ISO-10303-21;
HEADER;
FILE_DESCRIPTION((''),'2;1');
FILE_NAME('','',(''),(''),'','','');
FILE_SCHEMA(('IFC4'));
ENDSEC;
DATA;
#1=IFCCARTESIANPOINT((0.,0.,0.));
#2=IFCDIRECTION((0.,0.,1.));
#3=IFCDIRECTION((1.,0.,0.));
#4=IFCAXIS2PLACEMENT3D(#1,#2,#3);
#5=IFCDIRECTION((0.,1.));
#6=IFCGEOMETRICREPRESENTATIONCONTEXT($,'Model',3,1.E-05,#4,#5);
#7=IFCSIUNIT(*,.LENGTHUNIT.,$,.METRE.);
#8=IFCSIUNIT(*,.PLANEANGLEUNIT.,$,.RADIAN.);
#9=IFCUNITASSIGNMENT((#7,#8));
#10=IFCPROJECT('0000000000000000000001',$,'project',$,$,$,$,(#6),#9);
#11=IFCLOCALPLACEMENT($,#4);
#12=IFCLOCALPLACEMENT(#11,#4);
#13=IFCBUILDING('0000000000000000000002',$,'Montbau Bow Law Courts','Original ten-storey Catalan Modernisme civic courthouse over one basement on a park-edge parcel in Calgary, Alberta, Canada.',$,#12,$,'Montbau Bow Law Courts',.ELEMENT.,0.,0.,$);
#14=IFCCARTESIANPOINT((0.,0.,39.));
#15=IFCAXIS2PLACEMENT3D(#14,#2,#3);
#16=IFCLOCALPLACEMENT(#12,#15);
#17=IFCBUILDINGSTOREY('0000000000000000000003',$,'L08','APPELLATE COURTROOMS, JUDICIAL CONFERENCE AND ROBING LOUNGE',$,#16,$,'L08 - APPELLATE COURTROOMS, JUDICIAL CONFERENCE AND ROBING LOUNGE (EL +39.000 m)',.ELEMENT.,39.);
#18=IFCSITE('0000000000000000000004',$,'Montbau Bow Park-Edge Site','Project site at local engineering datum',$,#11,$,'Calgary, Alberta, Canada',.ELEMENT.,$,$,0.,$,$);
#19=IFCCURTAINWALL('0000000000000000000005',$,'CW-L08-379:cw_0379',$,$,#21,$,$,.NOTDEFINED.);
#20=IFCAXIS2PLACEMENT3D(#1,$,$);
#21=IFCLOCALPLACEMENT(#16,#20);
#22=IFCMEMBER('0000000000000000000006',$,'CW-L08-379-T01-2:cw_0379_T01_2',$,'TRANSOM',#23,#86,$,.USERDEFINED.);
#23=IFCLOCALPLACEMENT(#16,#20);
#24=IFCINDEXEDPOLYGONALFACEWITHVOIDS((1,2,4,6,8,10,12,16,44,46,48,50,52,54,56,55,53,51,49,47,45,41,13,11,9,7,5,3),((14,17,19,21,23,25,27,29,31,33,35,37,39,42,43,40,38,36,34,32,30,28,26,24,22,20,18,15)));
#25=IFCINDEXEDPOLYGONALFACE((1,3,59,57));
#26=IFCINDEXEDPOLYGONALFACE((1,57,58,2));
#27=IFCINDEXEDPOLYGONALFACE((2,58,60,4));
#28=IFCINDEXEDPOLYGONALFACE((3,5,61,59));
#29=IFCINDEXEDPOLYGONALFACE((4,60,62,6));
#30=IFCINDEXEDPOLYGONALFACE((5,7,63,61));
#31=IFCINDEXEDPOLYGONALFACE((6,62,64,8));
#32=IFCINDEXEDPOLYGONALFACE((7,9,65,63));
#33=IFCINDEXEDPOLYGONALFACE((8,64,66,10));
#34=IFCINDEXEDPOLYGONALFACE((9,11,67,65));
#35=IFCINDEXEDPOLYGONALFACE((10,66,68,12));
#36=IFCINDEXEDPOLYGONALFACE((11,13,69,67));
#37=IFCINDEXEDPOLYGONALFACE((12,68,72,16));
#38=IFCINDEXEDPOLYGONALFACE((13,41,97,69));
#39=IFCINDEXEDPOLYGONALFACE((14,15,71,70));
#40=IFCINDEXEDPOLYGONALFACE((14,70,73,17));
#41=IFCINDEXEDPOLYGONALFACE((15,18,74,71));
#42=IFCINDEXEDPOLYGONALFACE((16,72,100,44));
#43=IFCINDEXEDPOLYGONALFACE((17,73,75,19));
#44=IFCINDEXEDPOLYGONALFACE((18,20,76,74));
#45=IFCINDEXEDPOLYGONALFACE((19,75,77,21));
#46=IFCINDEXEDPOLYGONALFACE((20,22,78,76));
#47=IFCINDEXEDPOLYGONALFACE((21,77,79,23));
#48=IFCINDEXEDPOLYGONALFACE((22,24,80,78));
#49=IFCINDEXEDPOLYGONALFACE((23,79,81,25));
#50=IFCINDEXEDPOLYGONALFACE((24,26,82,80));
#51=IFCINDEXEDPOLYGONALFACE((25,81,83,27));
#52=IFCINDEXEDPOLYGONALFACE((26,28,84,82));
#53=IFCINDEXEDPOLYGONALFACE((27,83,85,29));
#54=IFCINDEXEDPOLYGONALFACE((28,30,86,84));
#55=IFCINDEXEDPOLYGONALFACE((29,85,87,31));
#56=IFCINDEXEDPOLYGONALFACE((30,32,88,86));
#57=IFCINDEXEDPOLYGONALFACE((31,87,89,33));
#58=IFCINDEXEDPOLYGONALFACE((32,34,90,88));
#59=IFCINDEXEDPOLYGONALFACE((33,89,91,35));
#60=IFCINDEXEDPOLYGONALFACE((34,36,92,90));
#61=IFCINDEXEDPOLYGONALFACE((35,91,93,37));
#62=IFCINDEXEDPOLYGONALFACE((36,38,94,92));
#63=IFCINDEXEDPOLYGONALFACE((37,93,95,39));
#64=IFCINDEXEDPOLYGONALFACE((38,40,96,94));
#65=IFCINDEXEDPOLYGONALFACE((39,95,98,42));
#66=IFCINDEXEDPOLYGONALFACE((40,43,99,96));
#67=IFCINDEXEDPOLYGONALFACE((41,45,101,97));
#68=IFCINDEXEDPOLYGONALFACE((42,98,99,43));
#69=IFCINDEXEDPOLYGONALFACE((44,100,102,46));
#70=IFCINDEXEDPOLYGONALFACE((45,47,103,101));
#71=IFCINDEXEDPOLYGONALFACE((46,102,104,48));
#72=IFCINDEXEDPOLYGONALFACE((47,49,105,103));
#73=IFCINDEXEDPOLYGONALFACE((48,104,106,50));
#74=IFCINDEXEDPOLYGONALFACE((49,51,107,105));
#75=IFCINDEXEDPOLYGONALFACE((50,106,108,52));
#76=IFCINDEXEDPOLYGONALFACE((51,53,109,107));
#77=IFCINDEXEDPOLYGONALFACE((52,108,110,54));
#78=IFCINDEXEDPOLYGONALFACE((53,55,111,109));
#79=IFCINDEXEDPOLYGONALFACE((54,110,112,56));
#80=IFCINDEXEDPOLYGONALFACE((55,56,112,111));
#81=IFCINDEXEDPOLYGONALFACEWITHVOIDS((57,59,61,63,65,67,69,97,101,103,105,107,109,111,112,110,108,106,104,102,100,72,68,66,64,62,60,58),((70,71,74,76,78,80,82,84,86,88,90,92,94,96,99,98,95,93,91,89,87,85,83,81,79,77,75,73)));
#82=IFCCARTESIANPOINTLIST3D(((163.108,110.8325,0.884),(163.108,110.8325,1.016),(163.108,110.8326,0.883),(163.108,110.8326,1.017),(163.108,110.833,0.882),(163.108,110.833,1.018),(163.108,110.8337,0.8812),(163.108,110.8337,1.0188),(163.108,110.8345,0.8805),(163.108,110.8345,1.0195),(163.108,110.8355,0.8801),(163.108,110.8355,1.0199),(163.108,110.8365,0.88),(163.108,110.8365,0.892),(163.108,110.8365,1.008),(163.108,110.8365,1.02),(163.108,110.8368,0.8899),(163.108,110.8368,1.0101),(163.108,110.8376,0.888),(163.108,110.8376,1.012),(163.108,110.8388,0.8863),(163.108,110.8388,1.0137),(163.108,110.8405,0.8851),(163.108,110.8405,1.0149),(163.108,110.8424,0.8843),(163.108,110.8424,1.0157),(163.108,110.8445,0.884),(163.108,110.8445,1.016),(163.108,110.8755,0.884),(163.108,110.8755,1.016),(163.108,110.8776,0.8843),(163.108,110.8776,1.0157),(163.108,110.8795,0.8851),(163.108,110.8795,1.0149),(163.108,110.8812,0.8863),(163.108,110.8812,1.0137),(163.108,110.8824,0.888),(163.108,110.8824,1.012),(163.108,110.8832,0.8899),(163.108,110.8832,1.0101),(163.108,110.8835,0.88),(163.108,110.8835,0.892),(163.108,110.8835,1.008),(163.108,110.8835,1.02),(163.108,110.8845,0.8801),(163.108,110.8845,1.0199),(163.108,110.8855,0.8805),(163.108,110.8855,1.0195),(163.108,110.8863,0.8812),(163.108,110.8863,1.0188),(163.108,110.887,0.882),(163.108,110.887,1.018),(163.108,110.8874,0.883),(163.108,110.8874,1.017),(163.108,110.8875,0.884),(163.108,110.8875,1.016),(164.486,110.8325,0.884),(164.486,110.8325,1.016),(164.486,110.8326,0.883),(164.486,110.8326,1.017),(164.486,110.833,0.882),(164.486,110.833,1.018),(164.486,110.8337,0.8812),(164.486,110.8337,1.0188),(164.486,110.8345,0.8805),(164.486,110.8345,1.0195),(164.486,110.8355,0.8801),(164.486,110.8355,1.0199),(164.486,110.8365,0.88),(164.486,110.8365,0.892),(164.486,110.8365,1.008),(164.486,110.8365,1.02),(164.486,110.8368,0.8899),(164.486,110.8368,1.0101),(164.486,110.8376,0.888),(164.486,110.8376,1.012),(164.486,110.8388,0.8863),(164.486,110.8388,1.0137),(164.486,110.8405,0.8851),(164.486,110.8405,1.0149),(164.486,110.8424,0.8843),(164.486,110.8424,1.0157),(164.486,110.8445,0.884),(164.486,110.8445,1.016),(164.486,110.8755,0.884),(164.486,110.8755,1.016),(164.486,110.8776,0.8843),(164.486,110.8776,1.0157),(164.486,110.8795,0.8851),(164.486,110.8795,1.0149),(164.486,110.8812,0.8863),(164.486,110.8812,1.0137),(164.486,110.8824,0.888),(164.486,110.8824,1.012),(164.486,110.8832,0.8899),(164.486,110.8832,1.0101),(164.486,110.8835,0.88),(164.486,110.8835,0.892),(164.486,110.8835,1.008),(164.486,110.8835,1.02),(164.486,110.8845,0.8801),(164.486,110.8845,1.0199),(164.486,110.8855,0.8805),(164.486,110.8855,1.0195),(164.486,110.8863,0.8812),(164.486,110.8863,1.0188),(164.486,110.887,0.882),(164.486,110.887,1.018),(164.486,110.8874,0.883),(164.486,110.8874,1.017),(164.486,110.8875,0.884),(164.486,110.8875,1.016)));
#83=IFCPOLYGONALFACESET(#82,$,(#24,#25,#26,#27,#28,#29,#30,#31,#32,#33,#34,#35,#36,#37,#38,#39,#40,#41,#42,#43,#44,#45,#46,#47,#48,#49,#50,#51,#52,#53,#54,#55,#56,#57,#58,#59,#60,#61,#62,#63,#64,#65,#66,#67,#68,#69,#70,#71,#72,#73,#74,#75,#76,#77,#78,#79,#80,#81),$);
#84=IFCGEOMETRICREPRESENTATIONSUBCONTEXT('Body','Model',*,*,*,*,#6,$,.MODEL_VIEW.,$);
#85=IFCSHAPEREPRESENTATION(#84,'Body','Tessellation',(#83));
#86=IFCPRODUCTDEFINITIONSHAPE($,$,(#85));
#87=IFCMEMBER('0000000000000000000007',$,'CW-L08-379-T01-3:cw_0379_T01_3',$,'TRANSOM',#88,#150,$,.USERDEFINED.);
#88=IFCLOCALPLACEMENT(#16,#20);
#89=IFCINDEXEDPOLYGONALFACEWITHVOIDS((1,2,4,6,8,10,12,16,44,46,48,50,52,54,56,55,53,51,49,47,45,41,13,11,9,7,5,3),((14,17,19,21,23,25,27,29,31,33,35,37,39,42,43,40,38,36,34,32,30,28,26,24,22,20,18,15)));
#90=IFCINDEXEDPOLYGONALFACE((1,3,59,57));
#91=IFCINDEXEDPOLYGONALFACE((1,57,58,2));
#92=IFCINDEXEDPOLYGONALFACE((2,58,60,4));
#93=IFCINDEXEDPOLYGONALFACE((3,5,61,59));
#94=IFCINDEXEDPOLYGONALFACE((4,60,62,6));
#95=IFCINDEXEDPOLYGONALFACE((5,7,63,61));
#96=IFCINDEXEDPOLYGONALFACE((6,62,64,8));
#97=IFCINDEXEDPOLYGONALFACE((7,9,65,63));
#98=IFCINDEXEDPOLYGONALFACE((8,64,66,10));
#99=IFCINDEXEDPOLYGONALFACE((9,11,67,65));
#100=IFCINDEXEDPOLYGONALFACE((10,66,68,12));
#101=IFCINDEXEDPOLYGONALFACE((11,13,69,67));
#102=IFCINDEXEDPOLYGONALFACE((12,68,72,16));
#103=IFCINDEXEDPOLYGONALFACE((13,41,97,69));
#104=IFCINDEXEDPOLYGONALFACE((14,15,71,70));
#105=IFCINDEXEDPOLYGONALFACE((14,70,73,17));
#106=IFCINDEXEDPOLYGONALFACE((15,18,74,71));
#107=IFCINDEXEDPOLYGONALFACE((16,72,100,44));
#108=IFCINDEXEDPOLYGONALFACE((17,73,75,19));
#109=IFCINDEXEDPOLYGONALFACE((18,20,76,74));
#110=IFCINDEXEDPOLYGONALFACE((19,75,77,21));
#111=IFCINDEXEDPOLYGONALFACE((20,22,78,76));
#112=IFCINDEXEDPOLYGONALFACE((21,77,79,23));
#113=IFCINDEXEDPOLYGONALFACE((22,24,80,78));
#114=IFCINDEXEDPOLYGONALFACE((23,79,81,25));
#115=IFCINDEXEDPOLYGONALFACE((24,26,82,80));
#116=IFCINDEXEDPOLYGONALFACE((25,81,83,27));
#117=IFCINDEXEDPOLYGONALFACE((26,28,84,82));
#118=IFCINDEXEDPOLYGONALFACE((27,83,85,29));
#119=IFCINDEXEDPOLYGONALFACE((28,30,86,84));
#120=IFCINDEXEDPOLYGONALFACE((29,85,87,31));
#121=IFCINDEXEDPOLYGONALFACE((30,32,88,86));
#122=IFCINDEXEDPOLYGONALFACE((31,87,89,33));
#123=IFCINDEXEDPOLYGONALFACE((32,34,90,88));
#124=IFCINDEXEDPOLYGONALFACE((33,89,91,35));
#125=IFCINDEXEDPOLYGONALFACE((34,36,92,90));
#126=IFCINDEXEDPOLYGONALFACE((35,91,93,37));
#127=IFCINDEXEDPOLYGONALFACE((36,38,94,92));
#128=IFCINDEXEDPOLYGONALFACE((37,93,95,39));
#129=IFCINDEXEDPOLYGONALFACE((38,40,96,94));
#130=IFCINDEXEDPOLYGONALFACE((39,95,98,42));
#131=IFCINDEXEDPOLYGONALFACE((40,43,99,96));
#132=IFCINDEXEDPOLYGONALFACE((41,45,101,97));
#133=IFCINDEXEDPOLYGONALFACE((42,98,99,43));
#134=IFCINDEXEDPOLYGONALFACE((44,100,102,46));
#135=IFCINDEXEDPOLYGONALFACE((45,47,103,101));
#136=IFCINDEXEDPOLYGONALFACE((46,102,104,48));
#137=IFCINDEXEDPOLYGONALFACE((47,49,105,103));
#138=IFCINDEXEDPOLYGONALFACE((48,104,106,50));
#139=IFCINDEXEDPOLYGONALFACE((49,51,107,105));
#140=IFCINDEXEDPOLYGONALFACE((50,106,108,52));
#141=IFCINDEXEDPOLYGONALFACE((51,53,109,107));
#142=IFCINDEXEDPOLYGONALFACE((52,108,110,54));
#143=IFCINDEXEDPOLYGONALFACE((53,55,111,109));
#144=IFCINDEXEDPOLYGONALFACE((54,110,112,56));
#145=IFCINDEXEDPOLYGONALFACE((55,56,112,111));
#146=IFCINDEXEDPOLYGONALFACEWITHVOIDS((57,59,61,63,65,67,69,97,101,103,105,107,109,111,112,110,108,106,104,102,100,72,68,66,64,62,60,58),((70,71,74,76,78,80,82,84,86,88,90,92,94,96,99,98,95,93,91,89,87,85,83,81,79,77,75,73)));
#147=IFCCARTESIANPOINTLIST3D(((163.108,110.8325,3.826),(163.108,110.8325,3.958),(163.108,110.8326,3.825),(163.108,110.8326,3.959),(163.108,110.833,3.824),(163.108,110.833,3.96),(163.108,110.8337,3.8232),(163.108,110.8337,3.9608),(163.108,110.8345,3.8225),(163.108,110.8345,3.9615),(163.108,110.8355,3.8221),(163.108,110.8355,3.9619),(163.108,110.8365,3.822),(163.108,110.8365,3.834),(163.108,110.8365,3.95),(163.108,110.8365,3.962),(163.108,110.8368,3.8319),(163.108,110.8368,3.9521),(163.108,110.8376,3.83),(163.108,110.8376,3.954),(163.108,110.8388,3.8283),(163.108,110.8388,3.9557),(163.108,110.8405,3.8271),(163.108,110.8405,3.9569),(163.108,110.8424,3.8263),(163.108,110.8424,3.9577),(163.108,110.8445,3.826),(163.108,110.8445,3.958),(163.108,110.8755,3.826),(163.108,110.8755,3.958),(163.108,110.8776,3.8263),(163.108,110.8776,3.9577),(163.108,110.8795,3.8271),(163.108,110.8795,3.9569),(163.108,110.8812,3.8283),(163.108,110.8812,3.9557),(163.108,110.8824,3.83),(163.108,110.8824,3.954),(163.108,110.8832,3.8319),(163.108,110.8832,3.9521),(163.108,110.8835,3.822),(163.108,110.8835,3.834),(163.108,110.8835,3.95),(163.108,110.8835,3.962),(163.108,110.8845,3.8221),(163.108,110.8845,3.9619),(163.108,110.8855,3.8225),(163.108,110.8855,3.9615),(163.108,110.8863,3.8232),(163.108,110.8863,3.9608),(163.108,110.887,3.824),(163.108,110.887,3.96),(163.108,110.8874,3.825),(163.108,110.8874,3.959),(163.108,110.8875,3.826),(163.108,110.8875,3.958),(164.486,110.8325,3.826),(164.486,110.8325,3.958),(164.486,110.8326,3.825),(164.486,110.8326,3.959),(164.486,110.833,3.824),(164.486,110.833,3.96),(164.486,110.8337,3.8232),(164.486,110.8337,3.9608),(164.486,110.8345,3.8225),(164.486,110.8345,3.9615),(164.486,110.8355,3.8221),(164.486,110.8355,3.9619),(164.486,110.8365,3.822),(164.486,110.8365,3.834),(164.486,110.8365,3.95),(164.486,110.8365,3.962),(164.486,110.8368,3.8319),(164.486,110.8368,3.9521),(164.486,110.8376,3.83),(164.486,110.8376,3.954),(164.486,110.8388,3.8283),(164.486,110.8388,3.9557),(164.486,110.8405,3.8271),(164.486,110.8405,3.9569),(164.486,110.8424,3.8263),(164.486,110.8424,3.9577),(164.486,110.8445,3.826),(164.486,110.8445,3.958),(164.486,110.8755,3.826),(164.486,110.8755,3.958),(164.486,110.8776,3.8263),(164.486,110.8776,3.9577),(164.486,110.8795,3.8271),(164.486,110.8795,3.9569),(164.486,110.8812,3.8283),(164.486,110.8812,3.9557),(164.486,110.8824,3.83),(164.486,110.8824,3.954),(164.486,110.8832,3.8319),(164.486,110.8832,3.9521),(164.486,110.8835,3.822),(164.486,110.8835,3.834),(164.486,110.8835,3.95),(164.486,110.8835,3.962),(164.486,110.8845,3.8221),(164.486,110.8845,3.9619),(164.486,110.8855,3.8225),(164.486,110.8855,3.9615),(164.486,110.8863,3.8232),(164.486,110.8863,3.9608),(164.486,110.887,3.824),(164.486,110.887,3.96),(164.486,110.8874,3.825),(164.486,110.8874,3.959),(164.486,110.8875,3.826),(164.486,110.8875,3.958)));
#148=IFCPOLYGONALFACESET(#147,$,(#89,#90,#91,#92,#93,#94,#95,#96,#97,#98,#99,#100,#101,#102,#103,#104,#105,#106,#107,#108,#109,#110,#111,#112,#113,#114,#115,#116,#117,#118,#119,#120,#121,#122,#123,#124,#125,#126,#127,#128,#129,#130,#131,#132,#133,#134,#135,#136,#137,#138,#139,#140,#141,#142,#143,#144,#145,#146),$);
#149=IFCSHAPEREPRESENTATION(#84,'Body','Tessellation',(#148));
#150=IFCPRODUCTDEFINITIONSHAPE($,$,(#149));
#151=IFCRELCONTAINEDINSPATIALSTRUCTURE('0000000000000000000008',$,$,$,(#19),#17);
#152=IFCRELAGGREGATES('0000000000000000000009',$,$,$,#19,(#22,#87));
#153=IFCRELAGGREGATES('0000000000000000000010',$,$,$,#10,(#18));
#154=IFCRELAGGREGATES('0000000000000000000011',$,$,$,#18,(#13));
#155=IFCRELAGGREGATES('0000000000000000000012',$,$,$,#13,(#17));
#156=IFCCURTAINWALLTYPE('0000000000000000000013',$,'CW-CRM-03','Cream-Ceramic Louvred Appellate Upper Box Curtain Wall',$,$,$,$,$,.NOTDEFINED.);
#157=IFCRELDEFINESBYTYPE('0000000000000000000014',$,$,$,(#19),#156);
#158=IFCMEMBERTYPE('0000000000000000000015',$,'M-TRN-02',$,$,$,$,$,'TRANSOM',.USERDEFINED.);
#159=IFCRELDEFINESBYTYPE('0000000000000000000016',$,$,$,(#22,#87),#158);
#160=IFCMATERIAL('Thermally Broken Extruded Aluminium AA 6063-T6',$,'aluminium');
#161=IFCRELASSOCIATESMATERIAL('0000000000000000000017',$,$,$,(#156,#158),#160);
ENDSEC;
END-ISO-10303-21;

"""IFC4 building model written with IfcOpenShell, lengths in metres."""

from ifc_helpers import new_model, si_unit, direction, frame, origin_with_axes, origin_2d_with_axis, place, context, subcontext, project, spatial, hollow_rectangle, extrude, material, material_profile, profile_set, type_object, element, aggregate, save


model = new_model("IFC4")

# Units and contexts
model_context = context("Model", 3, precision=1e-05, world=origin_with_axes(), true_north=direction((0.0, 1.0)))
body_context = subcontext(model_context, "Body", "Model", "MODEL_VIEW")
ifc_project = project(units=[si_unit("LENGTHUNIT", "METRE"), si_unit("PLANEANGLEUNIT", "RADIAN")], contexts=[model_context])

# Site, building, storey
site_placement = place(None, origin_with_axes())
site = spatial("IfcSite", under=ifc_project, at=site_placement, Name="Montbau Bow Park-Edge Site", Description="Project site at local engineering datum", LongName="Calgary, Alberta, Canada", CompositionType="ELEMENT", RefElevation=0.0)
building_placement = place(site_placement, origin_with_axes())
building = spatial("IfcBuilding", under=site, at=building_placement, Name="Montbau Bow Law Courts", Description="Original ten-storey Catalan Modernisme civic courthouse over one basement on a park-edge parcel in Calgary, Alberta, Canada.", LongName="Montbau Bow Law Courts", CompositionType="ELEMENT", ElevationOfRefHeight=0.0, ElevationOfTerrain=0.0)
storey_placement = place(building_placement, frame((0.0, 0.0, 39.0), z_axis=(0.0, 0.0, 1.0), x_axis=(1.0, 0.0, 0.0)))
storey = spatial("IfcBuildingStorey", under=building, at=storey_placement, Name="L08", Description="APPELLATE COURTROOMS, JUDICIAL CONFERENCE AND ROBING LOUNGE", LongName="L08 - APPELLATE COURTROOMS, JUDICIAL CONFERENCE AND ROBING LOUNGE (EL +39.000 m)", CompositionType="ELEMENT", Elevation=39.0)

# Shared definitions
ifc_material_1 = material(Name="Thermally Broken Extruded Aluminium AA 6063-T6", Category="aluminium")
curtain_wall_type = type_object("IfcCurtainWallType", Name="CW-CRM-03", Description="Cream-Ceramic Louvred Appellate Upper Box Curtain Wall", PredefinedType="NOTDEFINED", material=ifc_material_1)

# Curtain wall, members
curtain_wall_1_placement = place(None, frame((163.04, 110.86, 39.0), z_axis=(0.0, 0.0, 1.0), x_axis=(1.0, 0.0, 0.0)))
curtain_wall_1 = element("IfcCurtainWall", 1, at=curtain_wall_1_placement, inside=storey, type_object=curtain_wall_type, Name="CW-L08-379:cw_0379", PredefinedType="NOTDEFINED")
ifc_material_profile_1 = material_profile(ifc_material_1, hollow_rectangle(XDim=0.055, YDim=0.14, WallThickness=0.004, InnerFilletRadius=0.008, OuterFilletRadius=0.004, at=origin_2d_with_axis()), Name="CWT-140X55", Category="Main", Priority=0)
ifc_profile_set_1 = profile_set([ifc_material_profile_1], Name="Thermally Broken Extruded Aluminium AA 6063-T6")
member_type_1 = type_object("IfcMemberType", Name="M-TRN-02", ElementType="TRANSOM", PredefinedType="USERDEFINED", material=ifc_profile_set_1)
member_1_placement = place(None, frame((163.108, 110.86, 39.95), z_axis=(1.0, 0.0, 0.0), x_axis=(0.0, 1.0, 0.0)))
member_1 = element("IfcMember", 2, at=member_1_placement, type_object=member_type_1, Name="CW-L08-379-T01-2:cw_0379_T01_2", ObjectType="TRANSOM", PredefinedType="USERDEFINED", context=body_context, shape_type="SweptSolid", body=[
    extrude(hollow_rectangle(XDim=0.055, YDim=0.14, WallThickness=0.004, InnerFilletRadius=0.008, OuterFilletRadius=0.004, at=origin_2d_with_axis()), origin_with_axes(), (0.0, 0.0, 1.0), 1.378),
])
member_2_placement = place(None, frame((163.108, 110.86, 42.892), z_axis=(1.0, 0.0, 0.0), x_axis=(0.0, 1.0, 0.0)))
member_2 = element("IfcMember", 3, at=member_2_placement, type_object=member_type_1, Name="CW-L08-379-T01-3:cw_0379_T01_3", ObjectType="TRANSOM", PredefinedType="USERDEFINED", context=body_context, shape_type="SweptSolid", body=[
    extrude(hollow_rectangle(XDim=0.055, YDim=0.14, WallThickness=0.004, InnerFilletRadius=0.008, OuterFilletRadius=0.004, at=origin_2d_with_axis()), origin_with_axes(), (0.0, 0.0, 1.0), 1.378),
])
aggregate(curtain_wall_1, [member_1, member_2])

save(model, "model.ifc")
